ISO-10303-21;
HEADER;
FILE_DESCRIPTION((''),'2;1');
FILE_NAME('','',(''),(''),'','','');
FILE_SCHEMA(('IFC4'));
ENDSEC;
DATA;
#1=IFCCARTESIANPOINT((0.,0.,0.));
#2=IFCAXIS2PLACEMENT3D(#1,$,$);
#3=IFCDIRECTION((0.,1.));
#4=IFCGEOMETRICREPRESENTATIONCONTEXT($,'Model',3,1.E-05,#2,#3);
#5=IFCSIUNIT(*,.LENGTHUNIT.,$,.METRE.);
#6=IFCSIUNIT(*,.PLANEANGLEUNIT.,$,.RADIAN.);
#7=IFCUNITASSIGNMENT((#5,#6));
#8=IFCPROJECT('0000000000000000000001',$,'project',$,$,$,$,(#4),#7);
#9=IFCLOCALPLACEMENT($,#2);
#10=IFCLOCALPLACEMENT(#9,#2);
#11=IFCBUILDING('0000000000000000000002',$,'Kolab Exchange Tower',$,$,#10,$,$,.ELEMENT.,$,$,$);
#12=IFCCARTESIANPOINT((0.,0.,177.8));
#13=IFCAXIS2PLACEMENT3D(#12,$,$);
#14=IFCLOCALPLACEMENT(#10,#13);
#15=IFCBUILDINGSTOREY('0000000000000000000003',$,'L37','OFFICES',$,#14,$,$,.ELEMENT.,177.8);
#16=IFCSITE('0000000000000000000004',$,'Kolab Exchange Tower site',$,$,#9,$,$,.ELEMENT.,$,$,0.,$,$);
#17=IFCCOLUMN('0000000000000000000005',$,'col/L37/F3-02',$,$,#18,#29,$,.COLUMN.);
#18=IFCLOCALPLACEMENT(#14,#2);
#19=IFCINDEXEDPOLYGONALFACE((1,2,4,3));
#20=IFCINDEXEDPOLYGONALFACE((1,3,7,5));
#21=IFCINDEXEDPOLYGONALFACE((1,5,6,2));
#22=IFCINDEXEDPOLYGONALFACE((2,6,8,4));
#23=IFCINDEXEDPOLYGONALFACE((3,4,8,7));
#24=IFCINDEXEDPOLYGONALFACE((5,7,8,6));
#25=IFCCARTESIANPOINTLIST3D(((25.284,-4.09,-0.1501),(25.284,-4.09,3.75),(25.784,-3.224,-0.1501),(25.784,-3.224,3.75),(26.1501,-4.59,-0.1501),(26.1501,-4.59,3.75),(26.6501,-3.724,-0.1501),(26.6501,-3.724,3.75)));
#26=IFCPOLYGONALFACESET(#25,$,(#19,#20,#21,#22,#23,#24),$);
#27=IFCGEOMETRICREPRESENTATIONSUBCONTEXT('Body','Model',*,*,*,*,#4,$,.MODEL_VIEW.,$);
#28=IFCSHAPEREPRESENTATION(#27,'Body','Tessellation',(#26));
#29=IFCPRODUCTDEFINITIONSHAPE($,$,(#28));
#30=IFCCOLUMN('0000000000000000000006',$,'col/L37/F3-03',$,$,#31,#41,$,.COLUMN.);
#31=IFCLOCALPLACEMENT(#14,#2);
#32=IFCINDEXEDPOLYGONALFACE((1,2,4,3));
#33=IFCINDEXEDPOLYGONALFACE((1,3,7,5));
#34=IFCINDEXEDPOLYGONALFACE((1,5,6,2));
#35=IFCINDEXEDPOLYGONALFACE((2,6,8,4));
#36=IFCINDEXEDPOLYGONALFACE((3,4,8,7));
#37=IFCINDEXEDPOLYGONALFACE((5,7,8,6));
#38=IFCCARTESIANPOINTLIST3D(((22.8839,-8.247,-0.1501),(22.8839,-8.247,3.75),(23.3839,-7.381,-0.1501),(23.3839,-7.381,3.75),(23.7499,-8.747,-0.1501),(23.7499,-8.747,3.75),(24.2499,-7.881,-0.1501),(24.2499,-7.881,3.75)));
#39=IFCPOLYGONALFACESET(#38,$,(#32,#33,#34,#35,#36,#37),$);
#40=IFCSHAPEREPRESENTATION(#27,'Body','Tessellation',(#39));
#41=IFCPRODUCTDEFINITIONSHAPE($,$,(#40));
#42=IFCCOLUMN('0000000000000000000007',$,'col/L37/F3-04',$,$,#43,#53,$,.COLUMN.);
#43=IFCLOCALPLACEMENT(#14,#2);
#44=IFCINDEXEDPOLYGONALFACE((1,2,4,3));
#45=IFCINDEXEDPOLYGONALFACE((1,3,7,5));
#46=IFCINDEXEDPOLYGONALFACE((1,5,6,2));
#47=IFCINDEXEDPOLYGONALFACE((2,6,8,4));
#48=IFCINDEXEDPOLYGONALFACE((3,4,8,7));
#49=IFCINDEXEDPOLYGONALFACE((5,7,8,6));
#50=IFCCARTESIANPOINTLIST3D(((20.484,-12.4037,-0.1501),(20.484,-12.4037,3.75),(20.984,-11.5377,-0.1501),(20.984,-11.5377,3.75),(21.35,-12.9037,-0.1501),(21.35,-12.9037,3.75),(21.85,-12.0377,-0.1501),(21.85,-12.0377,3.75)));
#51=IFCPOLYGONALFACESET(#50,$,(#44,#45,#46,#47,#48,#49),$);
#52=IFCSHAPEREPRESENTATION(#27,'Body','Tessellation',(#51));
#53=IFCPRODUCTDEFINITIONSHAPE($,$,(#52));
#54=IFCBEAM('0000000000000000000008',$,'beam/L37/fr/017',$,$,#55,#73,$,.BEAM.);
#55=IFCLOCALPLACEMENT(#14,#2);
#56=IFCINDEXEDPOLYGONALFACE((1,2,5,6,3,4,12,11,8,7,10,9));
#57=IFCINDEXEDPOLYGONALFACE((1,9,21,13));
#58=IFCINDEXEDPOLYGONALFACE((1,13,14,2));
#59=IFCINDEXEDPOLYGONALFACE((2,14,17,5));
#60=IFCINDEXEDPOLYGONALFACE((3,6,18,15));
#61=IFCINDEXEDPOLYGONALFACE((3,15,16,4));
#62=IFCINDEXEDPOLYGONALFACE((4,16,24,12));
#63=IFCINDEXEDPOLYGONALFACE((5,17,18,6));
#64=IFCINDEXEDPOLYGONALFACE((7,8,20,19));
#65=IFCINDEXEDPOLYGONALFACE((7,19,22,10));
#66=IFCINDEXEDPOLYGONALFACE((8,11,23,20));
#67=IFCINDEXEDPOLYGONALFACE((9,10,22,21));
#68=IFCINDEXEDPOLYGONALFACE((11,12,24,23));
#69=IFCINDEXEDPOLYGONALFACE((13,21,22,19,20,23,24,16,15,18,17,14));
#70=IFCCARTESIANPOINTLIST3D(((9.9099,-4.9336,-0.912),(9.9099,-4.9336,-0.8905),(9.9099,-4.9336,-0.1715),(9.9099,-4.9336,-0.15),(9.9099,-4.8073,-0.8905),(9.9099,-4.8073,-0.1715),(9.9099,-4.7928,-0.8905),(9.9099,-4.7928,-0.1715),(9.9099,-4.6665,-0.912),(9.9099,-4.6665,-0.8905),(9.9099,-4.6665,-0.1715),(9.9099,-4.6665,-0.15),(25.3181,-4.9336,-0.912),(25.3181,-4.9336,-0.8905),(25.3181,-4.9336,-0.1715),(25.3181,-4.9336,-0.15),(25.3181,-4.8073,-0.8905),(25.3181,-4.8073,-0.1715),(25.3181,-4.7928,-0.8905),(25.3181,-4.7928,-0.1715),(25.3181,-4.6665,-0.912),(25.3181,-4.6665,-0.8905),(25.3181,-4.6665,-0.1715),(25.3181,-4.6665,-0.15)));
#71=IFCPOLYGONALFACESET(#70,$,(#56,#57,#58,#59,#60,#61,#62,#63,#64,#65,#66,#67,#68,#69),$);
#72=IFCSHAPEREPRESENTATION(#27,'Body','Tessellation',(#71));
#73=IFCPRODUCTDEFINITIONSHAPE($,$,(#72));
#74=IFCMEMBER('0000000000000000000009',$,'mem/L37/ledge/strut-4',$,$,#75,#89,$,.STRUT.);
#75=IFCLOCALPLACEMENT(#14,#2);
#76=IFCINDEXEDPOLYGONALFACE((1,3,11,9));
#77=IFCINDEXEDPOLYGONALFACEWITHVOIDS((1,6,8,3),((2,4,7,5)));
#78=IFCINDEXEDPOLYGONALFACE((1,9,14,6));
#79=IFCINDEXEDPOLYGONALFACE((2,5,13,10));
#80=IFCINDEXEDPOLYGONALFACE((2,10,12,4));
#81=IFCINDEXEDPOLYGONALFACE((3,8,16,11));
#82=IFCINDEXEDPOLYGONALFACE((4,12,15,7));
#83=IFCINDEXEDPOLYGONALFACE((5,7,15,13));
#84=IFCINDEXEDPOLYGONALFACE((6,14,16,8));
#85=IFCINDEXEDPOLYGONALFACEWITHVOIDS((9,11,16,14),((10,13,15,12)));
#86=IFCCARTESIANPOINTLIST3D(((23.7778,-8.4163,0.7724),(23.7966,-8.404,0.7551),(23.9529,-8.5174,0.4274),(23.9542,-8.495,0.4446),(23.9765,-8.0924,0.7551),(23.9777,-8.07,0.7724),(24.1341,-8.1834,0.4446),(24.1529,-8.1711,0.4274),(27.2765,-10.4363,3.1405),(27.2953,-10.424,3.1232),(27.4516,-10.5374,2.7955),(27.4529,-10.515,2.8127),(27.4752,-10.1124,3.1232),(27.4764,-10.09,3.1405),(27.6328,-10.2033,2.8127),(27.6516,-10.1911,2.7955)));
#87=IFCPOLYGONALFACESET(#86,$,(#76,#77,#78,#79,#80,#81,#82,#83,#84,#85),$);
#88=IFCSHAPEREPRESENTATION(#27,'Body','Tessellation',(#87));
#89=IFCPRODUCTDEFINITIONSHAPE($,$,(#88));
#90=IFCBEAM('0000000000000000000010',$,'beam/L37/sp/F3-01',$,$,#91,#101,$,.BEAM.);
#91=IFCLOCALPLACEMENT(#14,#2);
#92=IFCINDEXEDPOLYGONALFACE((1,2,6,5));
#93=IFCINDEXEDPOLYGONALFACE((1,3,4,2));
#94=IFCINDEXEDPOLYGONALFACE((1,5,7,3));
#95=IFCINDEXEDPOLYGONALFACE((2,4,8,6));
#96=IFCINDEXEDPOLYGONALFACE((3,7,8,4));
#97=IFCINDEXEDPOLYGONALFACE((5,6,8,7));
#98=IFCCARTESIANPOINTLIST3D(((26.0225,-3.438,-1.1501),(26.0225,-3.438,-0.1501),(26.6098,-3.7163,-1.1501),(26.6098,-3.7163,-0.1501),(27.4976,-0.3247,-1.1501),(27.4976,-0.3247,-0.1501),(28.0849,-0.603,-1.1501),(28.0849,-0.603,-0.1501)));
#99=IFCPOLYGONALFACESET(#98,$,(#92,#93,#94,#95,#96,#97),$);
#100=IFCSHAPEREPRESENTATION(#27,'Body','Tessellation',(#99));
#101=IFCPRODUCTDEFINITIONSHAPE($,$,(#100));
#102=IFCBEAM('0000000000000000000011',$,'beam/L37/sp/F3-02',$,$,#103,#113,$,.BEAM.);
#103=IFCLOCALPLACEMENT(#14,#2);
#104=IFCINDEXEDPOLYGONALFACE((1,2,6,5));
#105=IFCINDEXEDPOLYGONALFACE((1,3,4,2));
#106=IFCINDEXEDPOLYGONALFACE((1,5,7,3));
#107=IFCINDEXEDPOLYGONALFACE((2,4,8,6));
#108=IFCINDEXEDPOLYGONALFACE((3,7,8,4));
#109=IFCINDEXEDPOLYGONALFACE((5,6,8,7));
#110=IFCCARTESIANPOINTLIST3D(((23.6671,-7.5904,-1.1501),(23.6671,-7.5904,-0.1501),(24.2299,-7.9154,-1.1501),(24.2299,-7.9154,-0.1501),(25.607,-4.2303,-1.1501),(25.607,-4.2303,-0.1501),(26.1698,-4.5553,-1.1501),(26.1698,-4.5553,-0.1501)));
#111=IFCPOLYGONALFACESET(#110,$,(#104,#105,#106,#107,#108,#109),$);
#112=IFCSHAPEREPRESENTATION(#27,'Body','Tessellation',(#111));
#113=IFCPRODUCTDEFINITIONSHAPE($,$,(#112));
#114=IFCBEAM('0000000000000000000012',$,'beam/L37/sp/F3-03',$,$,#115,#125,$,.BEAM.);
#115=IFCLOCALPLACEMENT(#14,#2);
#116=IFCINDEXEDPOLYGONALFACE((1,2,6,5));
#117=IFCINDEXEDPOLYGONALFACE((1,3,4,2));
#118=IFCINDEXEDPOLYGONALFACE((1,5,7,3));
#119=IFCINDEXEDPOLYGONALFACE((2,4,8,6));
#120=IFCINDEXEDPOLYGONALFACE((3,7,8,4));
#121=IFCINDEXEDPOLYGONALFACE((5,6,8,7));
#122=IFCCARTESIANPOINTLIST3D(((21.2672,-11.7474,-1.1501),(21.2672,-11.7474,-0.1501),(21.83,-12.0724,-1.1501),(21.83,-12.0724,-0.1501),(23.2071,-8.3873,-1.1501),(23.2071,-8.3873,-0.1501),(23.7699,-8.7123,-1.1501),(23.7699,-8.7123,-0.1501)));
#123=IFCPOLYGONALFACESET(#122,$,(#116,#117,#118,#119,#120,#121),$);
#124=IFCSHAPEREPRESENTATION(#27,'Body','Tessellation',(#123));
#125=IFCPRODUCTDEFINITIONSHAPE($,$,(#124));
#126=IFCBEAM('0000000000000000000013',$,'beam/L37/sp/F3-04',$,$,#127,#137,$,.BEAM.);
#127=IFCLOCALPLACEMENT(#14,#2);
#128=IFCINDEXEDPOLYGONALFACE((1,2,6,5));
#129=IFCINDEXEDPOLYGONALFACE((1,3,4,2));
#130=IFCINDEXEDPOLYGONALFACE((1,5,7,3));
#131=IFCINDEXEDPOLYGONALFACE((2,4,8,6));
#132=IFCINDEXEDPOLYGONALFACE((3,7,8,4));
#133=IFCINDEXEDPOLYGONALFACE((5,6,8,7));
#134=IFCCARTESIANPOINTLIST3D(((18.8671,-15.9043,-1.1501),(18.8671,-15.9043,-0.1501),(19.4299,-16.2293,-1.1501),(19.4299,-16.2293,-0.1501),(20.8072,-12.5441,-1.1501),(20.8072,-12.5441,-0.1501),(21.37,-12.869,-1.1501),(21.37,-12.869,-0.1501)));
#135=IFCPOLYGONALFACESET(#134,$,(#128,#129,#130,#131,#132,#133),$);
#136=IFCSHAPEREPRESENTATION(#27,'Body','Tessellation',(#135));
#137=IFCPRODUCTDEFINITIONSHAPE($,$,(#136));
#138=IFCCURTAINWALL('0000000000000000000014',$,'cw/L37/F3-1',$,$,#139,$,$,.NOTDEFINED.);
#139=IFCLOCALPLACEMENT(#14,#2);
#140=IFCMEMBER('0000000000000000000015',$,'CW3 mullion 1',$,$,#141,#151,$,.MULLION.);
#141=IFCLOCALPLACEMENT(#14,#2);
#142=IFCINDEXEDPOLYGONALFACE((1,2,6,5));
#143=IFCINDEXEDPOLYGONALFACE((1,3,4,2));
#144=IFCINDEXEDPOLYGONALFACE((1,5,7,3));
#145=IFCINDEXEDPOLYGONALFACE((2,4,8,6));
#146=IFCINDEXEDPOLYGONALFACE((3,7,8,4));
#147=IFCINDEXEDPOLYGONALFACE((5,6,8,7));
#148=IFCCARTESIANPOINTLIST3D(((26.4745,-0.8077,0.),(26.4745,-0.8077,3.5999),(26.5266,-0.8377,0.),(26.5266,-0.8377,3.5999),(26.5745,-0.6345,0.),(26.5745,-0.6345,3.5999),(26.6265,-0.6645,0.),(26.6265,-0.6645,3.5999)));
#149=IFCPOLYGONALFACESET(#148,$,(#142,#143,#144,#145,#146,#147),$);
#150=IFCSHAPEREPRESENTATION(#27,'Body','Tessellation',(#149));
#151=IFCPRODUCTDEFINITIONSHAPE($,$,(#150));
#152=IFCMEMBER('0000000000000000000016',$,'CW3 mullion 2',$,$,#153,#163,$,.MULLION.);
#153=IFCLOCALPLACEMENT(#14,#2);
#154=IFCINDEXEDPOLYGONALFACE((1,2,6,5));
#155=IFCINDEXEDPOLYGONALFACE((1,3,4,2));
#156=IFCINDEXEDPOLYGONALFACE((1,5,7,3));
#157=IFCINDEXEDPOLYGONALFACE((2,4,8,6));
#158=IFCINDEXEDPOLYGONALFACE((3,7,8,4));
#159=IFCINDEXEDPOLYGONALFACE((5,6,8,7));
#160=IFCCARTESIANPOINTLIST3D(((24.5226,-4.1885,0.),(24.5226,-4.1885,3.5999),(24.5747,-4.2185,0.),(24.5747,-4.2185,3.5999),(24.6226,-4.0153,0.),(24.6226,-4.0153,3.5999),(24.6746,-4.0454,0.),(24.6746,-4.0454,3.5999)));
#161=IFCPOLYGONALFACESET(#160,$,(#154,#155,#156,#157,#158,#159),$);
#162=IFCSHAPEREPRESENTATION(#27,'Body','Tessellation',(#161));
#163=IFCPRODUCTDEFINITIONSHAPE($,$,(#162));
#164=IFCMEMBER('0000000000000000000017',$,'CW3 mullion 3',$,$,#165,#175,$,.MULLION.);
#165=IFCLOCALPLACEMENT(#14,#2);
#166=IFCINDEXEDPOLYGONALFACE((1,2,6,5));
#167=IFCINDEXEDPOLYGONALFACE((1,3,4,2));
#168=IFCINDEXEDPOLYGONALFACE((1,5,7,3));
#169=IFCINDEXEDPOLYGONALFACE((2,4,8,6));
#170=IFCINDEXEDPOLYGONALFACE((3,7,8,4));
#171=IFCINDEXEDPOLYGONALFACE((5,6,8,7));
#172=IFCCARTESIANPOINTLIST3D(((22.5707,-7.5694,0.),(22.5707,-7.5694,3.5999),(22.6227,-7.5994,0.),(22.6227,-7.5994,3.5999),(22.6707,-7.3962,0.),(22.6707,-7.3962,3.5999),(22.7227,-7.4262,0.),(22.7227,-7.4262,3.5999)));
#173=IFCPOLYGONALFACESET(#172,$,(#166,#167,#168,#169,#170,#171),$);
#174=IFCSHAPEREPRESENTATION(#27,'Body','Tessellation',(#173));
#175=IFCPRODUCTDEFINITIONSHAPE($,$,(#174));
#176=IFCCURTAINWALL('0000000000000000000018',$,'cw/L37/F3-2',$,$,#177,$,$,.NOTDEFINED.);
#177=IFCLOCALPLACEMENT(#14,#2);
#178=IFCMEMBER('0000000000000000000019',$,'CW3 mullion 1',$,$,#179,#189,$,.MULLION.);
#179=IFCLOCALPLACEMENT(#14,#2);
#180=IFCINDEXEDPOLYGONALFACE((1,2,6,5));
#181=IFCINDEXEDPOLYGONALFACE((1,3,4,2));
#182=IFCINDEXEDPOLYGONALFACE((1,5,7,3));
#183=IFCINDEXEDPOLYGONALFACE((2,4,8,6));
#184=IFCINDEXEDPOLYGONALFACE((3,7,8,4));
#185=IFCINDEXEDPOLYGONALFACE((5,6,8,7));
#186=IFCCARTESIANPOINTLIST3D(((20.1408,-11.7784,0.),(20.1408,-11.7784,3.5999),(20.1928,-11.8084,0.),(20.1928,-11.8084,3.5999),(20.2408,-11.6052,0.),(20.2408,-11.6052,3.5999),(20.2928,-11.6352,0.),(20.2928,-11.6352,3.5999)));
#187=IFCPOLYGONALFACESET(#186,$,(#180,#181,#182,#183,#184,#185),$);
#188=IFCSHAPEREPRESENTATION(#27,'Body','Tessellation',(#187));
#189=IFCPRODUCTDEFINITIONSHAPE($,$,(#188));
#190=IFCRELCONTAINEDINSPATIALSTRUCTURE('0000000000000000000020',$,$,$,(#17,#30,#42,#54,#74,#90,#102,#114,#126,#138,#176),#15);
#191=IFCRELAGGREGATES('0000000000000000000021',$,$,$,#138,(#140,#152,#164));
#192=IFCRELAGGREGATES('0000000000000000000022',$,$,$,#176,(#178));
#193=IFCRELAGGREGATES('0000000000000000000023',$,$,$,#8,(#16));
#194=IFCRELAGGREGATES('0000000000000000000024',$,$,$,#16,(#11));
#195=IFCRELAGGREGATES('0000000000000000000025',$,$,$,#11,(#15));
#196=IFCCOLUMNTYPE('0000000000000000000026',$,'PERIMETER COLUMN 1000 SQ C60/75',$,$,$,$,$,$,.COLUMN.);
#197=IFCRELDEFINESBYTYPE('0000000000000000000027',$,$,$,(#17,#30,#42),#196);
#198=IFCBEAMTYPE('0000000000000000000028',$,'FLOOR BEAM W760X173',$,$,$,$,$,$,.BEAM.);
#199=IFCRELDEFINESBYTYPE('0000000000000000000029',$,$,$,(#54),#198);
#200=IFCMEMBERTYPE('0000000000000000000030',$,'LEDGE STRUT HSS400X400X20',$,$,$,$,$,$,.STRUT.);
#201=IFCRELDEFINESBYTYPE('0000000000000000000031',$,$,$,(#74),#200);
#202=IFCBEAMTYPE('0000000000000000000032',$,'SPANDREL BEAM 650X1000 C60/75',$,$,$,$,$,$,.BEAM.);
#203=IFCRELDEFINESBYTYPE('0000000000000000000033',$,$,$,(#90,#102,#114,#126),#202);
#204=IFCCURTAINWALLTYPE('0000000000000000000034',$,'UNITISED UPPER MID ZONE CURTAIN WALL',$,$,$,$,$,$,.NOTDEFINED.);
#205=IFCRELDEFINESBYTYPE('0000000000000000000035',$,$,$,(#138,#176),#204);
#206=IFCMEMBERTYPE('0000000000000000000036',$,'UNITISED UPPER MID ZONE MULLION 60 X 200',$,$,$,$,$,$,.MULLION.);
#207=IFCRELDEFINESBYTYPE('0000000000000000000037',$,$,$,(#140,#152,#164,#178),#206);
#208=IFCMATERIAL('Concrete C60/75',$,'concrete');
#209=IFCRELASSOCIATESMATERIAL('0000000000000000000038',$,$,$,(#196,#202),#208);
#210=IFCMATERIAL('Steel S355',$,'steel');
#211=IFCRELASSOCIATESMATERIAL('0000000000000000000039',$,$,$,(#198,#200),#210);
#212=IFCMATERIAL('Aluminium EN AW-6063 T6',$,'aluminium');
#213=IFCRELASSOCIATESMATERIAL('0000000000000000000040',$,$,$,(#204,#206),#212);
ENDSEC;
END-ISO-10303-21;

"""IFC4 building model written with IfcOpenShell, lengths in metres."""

from ifc_helpers import new_model, si_unit, direction, frame, origin, origin_2d, place, context, subcontext, project, spatial, rectangle, hollow_rectangle, i_section, extrude, material, material_profile, profile_set, type_object, element, aggregate, save


model = new_model("IFC4")

# Units and contexts
model_context = context("Model", 3, precision=1e-05, world=origin(), true_north=direction((0.0, 1.0)))
body_context = subcontext(model_context, "Body", "Model", "MODEL_VIEW")
ifc_project = project(units=[si_unit("LENGTHUNIT", "METRE"), si_unit("PLANEANGLEUNIT", "RADIAN")], contexts=[model_context])

# Site, building, storey
site_placement = place(None, origin())
site = spatial("IfcSite", under=ifc_project, at=site_placement, Name="Kolab Exchange Tower site", CompositionType="ELEMENT", RefElevation=0.0)
building_placement = place(site_placement, origin())
building = spatial("IfcBuilding", under=site, at=building_placement, Name="Kolab Exchange Tower", CompositionType="ELEMENT")
storey_placement = place(building_placement, frame((0.0, 0.0, 177.8)))
storey = spatial("IfcBuildingStorey", under=building, at=storey_placement, Name="L37", Description="OFFICES", CompositionType="ELEMENT", Elevation=177.8)

# Columns
ifc_material_1 = material(Name="Concrete C60/75", Category="concrete")
ifc_material_profile_1 = material_profile(ifc_material_1, rectangle(XDim=1.0, YDim=1.0, at=origin_2d()), Name="RC1000")
ifc_profile_set_1 = profile_set([ifc_material_profile_1], Name="Concrete C60/75")
column_type = type_object("IfcColumnType", Name="PERIMETER COLUMN 1000 SQ C60/75", PredefinedType="COLUMN", material=ifc_profile_set_1)
for number, where, z_axis, x_axis, name in (
    (1, (25.967, -3.907, -0.1501), (0.0, 0.0, 1.0), (0.5, 0.866025, 0.0), "col/L37/F3-02"),
    (2, (23.5669, -8.064, -0.1501), (0.0, 0.0, 1.0), (0.5, 0.866025, 0.0), "col/L37/F3-03"),
    (3, (21.167, -12.2207, -0.1501), (0.0, 0.0, 1.0), (0.5, 0.866025, 0.0), "col/L37/F3-04"),
):
    element("IfcColumn", number, at=place(storey_placement, frame(where, z_axis=z_axis, x_axis=x_axis)), inside=storey, type_object=column_type, Name=name, PredefinedType="COLUMN", context=body_context, shape_type="SweptSolid", body=[
        extrude(rectangle(XDim=1.0, YDim=1.0, at=origin_2d()), origin(), (0.0, 0.0, 1.0), 3.9001),
    ])

# Beam
ifc_material_2 = material(Name="Steel S355", Category="steel")
ifc_material_profile_2 = material_profile(ifc_material_2, i_section(OverallWidth=0.2671, OverallDepth=0.762, WebThickness=0.0144, FlangeThickness=0.0215, at=origin_2d()), Name="W760X173")
ifc_profile_set_2 = profile_set([ifc_material_profile_2], Name="Steel S355")
beam_type_1 = type_object("IfcBeamType", Name="FLOOR BEAM W760X173", PredefinedType="BEAM", material=ifc_profile_set_2)
beam_1_placement = place(storey_placement, frame((9.9099, -4.8, -0.531), z_axis=(1.0, 0.0, 0.0), x_axis=(0.0, 1.0, 0.0)))
element("IfcBeam", 4, at=beam_1_placement, inside=storey, type_object=beam_type_1, Name="beam/L37/fr/017", PredefinedType="BEAM", context=body_context, shape_type="SweptSolid", body=[
    extrude(i_section(OverallWidth=0.2671, OverallDepth=0.762, WebThickness=0.0144, FlangeThickness=0.0215, at=origin_2d()), origin(), (0.0, 0.0, 1.0), 15.4082),
])

# Member
ifc_material_profile_3 = material_profile(ifc_material_2, hollow_rectangle(XDim=0.3999, YDim=0.3999, WallThickness=0.02, at=origin_2d()), Name="HSS400X400X20")
ifc_profile_set_3 = profile_set([ifc_material_profile_3], Name="Steel S355")
member_type_1 = type_object("IfcMemberType", Name="LEDGE STRUT HSS400X400X20", PredefinedType="STRUT", material=ifc_profile_set_3)
member_1_placement = place(storey_placement, frame((23.9653, -8.2937, 0.5999), z_axis=(0.747129, -0.431355, 0.505698), x_axis=(0.5, 0.866026, 0.0)))
element("IfcMember", 5, at=member_1_placement, inside=storey, type_object=member_type_1, Name="mem/L37/ledge/strut-4", PredefinedType="STRUT", context=body_context, shape_type="SweptSolid", body=[
    extrude(hollow_rectangle(XDim=0.3999, YDim=0.3999, WallThickness=0.02, at=origin_2d()), origin(), (0.0, 0.0, 1.0), 4.6829),
])

# Beams
ifc_material_profile_4 = material_profile(ifc_material_1, rectangle(XDim=0.6499, YDim=1.0, at=origin_2d()), Name="RC650X1000")
ifc_profile_set_4 = profile_set([ifc_material_profile_4], Name="Concrete C60/75")
beam_type_2 = type_object("IfcBeamType", Name="SPANDREL BEAM 650X1000 C60/75", PredefinedType="BEAM", material=ifc_profile_set_4)
beam_2_placement = place(storey_placement, frame((27.7913, -0.4639, -0.6501), z_axis=(-0.428178, -0.903695, 0.0), x_axis=(0.903695, -0.428178, 0.0)))
element("IfcBeam", 6, at=beam_2_placement, inside=storey, type_object=beam_type_2, Name="beam/L37/sp/F3-01", PredefinedType="BEAM", context=body_context, shape_type="SweptSolid", body=[
    extrude(rectangle(XDim=0.6499, YDim=1.0, at=origin_2d()), origin(), (0.0, 0.0, 1.0), 3.4451),
])
for number, where, z_axis, x_axis, name in (
    (7, (25.8884, -4.3928, -0.6501), (-0.499997, -0.866027, 0.0), (0.866027, -0.499997, 0.0), "beam/L37/sp/F3-02"),
    (8, (23.4885, -8.5498, -0.6501), (-0.499997, -0.866027, 0.0), (0.866027, -0.499997, 0.0), "beam/L37/sp/F3-03"),
):
    element("IfcBeam", number, at=place(storey_placement, frame(where, z_axis=z_axis, x_axis=x_axis)), inside=storey, type_object=beam_type_2, Name=name, PredefinedType="BEAM", context=body_context, shape_type="SweptSolid", body=[
        extrude(rectangle(XDim=0.6499, YDim=1.0, at=origin_2d()), origin(), (0.0, 0.0, 1.0), 3.8799),
    ])
beam_3_placement = place(storey_placement, frame((21.0886, -12.7065, -0.6501), z_axis=(-0.500017, -0.866016, 0.0), x_axis=(0.866016, -0.500017, 0.0)))
element("IfcBeam", 9, at=beam_3_placement, inside=storey, type_object=beam_type_2, Name="beam/L37/sp/F3-04", PredefinedType="BEAM", context=body_context, shape_type="SweptSolid", body=[
    extrude(rectangle(XDim=0.6499, YDim=1.0, at=origin_2d()), origin(), (0.0, 0.0, 1.0), 3.8801),
])

# Curtain wall, members
ifc_material_3 = material(Name="Aluminium EN AW-6063 T6", Category="aluminium")
curtain_wall_type = type_object("IfcCurtainWallType", Name="UNITISED UPPER MID ZONE CURTAIN WALL", PredefinedType="NOTDEFINED", material=ifc_material_3)
curtain_wall_1_placement = place(storey_placement, origin())
curtain_wall_1 = element("IfcCurtainWall", 10, at=curtain_wall_1_placement, inside=storey, type_object=curtain_wall_type, Name="cw/L37/F3-1", PredefinedType="NOTDEFINED")
ifc_material_profile_5 = material_profile(ifc_material_3, rectangle(XDim=0.0601, YDim=0.2, at=origin_2d()), Name="RECT 60X200")
ifc_profile_set_5 = profile_set([ifc_material_profile_5], Name="Aluminium EN AW-6063 T6")
member_type_2 = type_object("IfcMemberType", Name="UNITISED UPPER MID ZONE MULLION 60 X 200", PredefinedType="MULLION", material=ifc_profile_set_5)
member_2_placement = place(storey_placement, frame((26.5505, -0.7361, 0.0), z_axis=(0.0, 0.0, 1.0), x_axis=(0.866025, -0.5, 0.0)))
member_2 = element("IfcMember", 11, at=member_2_placement, type_object=member_type_2, Name="CW3 mullion 1", PredefinedType="MULLION", context=body_context, shape_type="SweptSolid", body=[
    extrude(rectangle(XDim=0.0601, YDim=0.2, at=origin_2d()), origin(), (0.0, 0.0, 1.0), 3.5999),
])
member_3_placement = place(storey_placement, frame((24.5986, -4.1169, 0.0), z_axis=(0.0, 0.0, 1.0), x_axis=(0.866025, -0.5, 0.0)))
member_3 = element("IfcMember", 12, at=member_3_placement, type_object=member_type_2, Name="CW3 mullion 2", PredefinedType="MULLION", context=body_context, shape_type="SweptSolid", body=[
    extrude(rectangle(XDim=0.0601, YDim=0.2, at=origin_2d()), origin(), (0.0, 0.0, 1.0), 3.5999),
])
member_4_placement = place(storey_placement, frame((22.6467, -7.4978, 0.0), z_axis=(0.0, 0.0, 1.0), x_axis=(0.866025, -0.5, 0.0)))
member_4 = element("IfcMember", 13, at=member_4_placement, type_object=member_type_2, Name="CW3 mullion 3", PredefinedType="MULLION", context=body_context, shape_type="SweptSolid", body=[
    extrude(rectangle(XDim=0.0601, YDim=0.2, at=origin_2d()), origin(), (0.0, 0.0, 1.0), 3.5999),
])

# Curtain wall, member
curtain_wall_2_placement = place(storey_placement, origin())
curtain_wall_2 = element("IfcCurtainWall", 14, at=curtain_wall_2_placement, inside=storey, type_object=curtain_wall_type, Name="cw/L37/F3-2", PredefinedType="NOTDEFINED")
member_5_placement = place(storey_placement, frame((20.2168, -11.7068, 0.0), z_axis=(0.0, 0.0, 1.0), x_axis=(0.866025, -0.5, 0.0)))
member_5 = element("IfcMember", 15, at=member_5_placement, type_object=member_type_2, Name="CW3 mullion 1", PredefinedType="MULLION", context=body_context, shape_type="SweptSolid", body=[
    extrude(rectangle(XDim=0.0601, YDim=0.2, at=origin_2d()), origin(), (0.0, 0.0, 1.0), 3.5999),
])

aggregate(curtain_wall_1, [member_2, member_3, member_4])
aggregate(curtain_wall_2, [member_5])

save(model, "model.ifc")
